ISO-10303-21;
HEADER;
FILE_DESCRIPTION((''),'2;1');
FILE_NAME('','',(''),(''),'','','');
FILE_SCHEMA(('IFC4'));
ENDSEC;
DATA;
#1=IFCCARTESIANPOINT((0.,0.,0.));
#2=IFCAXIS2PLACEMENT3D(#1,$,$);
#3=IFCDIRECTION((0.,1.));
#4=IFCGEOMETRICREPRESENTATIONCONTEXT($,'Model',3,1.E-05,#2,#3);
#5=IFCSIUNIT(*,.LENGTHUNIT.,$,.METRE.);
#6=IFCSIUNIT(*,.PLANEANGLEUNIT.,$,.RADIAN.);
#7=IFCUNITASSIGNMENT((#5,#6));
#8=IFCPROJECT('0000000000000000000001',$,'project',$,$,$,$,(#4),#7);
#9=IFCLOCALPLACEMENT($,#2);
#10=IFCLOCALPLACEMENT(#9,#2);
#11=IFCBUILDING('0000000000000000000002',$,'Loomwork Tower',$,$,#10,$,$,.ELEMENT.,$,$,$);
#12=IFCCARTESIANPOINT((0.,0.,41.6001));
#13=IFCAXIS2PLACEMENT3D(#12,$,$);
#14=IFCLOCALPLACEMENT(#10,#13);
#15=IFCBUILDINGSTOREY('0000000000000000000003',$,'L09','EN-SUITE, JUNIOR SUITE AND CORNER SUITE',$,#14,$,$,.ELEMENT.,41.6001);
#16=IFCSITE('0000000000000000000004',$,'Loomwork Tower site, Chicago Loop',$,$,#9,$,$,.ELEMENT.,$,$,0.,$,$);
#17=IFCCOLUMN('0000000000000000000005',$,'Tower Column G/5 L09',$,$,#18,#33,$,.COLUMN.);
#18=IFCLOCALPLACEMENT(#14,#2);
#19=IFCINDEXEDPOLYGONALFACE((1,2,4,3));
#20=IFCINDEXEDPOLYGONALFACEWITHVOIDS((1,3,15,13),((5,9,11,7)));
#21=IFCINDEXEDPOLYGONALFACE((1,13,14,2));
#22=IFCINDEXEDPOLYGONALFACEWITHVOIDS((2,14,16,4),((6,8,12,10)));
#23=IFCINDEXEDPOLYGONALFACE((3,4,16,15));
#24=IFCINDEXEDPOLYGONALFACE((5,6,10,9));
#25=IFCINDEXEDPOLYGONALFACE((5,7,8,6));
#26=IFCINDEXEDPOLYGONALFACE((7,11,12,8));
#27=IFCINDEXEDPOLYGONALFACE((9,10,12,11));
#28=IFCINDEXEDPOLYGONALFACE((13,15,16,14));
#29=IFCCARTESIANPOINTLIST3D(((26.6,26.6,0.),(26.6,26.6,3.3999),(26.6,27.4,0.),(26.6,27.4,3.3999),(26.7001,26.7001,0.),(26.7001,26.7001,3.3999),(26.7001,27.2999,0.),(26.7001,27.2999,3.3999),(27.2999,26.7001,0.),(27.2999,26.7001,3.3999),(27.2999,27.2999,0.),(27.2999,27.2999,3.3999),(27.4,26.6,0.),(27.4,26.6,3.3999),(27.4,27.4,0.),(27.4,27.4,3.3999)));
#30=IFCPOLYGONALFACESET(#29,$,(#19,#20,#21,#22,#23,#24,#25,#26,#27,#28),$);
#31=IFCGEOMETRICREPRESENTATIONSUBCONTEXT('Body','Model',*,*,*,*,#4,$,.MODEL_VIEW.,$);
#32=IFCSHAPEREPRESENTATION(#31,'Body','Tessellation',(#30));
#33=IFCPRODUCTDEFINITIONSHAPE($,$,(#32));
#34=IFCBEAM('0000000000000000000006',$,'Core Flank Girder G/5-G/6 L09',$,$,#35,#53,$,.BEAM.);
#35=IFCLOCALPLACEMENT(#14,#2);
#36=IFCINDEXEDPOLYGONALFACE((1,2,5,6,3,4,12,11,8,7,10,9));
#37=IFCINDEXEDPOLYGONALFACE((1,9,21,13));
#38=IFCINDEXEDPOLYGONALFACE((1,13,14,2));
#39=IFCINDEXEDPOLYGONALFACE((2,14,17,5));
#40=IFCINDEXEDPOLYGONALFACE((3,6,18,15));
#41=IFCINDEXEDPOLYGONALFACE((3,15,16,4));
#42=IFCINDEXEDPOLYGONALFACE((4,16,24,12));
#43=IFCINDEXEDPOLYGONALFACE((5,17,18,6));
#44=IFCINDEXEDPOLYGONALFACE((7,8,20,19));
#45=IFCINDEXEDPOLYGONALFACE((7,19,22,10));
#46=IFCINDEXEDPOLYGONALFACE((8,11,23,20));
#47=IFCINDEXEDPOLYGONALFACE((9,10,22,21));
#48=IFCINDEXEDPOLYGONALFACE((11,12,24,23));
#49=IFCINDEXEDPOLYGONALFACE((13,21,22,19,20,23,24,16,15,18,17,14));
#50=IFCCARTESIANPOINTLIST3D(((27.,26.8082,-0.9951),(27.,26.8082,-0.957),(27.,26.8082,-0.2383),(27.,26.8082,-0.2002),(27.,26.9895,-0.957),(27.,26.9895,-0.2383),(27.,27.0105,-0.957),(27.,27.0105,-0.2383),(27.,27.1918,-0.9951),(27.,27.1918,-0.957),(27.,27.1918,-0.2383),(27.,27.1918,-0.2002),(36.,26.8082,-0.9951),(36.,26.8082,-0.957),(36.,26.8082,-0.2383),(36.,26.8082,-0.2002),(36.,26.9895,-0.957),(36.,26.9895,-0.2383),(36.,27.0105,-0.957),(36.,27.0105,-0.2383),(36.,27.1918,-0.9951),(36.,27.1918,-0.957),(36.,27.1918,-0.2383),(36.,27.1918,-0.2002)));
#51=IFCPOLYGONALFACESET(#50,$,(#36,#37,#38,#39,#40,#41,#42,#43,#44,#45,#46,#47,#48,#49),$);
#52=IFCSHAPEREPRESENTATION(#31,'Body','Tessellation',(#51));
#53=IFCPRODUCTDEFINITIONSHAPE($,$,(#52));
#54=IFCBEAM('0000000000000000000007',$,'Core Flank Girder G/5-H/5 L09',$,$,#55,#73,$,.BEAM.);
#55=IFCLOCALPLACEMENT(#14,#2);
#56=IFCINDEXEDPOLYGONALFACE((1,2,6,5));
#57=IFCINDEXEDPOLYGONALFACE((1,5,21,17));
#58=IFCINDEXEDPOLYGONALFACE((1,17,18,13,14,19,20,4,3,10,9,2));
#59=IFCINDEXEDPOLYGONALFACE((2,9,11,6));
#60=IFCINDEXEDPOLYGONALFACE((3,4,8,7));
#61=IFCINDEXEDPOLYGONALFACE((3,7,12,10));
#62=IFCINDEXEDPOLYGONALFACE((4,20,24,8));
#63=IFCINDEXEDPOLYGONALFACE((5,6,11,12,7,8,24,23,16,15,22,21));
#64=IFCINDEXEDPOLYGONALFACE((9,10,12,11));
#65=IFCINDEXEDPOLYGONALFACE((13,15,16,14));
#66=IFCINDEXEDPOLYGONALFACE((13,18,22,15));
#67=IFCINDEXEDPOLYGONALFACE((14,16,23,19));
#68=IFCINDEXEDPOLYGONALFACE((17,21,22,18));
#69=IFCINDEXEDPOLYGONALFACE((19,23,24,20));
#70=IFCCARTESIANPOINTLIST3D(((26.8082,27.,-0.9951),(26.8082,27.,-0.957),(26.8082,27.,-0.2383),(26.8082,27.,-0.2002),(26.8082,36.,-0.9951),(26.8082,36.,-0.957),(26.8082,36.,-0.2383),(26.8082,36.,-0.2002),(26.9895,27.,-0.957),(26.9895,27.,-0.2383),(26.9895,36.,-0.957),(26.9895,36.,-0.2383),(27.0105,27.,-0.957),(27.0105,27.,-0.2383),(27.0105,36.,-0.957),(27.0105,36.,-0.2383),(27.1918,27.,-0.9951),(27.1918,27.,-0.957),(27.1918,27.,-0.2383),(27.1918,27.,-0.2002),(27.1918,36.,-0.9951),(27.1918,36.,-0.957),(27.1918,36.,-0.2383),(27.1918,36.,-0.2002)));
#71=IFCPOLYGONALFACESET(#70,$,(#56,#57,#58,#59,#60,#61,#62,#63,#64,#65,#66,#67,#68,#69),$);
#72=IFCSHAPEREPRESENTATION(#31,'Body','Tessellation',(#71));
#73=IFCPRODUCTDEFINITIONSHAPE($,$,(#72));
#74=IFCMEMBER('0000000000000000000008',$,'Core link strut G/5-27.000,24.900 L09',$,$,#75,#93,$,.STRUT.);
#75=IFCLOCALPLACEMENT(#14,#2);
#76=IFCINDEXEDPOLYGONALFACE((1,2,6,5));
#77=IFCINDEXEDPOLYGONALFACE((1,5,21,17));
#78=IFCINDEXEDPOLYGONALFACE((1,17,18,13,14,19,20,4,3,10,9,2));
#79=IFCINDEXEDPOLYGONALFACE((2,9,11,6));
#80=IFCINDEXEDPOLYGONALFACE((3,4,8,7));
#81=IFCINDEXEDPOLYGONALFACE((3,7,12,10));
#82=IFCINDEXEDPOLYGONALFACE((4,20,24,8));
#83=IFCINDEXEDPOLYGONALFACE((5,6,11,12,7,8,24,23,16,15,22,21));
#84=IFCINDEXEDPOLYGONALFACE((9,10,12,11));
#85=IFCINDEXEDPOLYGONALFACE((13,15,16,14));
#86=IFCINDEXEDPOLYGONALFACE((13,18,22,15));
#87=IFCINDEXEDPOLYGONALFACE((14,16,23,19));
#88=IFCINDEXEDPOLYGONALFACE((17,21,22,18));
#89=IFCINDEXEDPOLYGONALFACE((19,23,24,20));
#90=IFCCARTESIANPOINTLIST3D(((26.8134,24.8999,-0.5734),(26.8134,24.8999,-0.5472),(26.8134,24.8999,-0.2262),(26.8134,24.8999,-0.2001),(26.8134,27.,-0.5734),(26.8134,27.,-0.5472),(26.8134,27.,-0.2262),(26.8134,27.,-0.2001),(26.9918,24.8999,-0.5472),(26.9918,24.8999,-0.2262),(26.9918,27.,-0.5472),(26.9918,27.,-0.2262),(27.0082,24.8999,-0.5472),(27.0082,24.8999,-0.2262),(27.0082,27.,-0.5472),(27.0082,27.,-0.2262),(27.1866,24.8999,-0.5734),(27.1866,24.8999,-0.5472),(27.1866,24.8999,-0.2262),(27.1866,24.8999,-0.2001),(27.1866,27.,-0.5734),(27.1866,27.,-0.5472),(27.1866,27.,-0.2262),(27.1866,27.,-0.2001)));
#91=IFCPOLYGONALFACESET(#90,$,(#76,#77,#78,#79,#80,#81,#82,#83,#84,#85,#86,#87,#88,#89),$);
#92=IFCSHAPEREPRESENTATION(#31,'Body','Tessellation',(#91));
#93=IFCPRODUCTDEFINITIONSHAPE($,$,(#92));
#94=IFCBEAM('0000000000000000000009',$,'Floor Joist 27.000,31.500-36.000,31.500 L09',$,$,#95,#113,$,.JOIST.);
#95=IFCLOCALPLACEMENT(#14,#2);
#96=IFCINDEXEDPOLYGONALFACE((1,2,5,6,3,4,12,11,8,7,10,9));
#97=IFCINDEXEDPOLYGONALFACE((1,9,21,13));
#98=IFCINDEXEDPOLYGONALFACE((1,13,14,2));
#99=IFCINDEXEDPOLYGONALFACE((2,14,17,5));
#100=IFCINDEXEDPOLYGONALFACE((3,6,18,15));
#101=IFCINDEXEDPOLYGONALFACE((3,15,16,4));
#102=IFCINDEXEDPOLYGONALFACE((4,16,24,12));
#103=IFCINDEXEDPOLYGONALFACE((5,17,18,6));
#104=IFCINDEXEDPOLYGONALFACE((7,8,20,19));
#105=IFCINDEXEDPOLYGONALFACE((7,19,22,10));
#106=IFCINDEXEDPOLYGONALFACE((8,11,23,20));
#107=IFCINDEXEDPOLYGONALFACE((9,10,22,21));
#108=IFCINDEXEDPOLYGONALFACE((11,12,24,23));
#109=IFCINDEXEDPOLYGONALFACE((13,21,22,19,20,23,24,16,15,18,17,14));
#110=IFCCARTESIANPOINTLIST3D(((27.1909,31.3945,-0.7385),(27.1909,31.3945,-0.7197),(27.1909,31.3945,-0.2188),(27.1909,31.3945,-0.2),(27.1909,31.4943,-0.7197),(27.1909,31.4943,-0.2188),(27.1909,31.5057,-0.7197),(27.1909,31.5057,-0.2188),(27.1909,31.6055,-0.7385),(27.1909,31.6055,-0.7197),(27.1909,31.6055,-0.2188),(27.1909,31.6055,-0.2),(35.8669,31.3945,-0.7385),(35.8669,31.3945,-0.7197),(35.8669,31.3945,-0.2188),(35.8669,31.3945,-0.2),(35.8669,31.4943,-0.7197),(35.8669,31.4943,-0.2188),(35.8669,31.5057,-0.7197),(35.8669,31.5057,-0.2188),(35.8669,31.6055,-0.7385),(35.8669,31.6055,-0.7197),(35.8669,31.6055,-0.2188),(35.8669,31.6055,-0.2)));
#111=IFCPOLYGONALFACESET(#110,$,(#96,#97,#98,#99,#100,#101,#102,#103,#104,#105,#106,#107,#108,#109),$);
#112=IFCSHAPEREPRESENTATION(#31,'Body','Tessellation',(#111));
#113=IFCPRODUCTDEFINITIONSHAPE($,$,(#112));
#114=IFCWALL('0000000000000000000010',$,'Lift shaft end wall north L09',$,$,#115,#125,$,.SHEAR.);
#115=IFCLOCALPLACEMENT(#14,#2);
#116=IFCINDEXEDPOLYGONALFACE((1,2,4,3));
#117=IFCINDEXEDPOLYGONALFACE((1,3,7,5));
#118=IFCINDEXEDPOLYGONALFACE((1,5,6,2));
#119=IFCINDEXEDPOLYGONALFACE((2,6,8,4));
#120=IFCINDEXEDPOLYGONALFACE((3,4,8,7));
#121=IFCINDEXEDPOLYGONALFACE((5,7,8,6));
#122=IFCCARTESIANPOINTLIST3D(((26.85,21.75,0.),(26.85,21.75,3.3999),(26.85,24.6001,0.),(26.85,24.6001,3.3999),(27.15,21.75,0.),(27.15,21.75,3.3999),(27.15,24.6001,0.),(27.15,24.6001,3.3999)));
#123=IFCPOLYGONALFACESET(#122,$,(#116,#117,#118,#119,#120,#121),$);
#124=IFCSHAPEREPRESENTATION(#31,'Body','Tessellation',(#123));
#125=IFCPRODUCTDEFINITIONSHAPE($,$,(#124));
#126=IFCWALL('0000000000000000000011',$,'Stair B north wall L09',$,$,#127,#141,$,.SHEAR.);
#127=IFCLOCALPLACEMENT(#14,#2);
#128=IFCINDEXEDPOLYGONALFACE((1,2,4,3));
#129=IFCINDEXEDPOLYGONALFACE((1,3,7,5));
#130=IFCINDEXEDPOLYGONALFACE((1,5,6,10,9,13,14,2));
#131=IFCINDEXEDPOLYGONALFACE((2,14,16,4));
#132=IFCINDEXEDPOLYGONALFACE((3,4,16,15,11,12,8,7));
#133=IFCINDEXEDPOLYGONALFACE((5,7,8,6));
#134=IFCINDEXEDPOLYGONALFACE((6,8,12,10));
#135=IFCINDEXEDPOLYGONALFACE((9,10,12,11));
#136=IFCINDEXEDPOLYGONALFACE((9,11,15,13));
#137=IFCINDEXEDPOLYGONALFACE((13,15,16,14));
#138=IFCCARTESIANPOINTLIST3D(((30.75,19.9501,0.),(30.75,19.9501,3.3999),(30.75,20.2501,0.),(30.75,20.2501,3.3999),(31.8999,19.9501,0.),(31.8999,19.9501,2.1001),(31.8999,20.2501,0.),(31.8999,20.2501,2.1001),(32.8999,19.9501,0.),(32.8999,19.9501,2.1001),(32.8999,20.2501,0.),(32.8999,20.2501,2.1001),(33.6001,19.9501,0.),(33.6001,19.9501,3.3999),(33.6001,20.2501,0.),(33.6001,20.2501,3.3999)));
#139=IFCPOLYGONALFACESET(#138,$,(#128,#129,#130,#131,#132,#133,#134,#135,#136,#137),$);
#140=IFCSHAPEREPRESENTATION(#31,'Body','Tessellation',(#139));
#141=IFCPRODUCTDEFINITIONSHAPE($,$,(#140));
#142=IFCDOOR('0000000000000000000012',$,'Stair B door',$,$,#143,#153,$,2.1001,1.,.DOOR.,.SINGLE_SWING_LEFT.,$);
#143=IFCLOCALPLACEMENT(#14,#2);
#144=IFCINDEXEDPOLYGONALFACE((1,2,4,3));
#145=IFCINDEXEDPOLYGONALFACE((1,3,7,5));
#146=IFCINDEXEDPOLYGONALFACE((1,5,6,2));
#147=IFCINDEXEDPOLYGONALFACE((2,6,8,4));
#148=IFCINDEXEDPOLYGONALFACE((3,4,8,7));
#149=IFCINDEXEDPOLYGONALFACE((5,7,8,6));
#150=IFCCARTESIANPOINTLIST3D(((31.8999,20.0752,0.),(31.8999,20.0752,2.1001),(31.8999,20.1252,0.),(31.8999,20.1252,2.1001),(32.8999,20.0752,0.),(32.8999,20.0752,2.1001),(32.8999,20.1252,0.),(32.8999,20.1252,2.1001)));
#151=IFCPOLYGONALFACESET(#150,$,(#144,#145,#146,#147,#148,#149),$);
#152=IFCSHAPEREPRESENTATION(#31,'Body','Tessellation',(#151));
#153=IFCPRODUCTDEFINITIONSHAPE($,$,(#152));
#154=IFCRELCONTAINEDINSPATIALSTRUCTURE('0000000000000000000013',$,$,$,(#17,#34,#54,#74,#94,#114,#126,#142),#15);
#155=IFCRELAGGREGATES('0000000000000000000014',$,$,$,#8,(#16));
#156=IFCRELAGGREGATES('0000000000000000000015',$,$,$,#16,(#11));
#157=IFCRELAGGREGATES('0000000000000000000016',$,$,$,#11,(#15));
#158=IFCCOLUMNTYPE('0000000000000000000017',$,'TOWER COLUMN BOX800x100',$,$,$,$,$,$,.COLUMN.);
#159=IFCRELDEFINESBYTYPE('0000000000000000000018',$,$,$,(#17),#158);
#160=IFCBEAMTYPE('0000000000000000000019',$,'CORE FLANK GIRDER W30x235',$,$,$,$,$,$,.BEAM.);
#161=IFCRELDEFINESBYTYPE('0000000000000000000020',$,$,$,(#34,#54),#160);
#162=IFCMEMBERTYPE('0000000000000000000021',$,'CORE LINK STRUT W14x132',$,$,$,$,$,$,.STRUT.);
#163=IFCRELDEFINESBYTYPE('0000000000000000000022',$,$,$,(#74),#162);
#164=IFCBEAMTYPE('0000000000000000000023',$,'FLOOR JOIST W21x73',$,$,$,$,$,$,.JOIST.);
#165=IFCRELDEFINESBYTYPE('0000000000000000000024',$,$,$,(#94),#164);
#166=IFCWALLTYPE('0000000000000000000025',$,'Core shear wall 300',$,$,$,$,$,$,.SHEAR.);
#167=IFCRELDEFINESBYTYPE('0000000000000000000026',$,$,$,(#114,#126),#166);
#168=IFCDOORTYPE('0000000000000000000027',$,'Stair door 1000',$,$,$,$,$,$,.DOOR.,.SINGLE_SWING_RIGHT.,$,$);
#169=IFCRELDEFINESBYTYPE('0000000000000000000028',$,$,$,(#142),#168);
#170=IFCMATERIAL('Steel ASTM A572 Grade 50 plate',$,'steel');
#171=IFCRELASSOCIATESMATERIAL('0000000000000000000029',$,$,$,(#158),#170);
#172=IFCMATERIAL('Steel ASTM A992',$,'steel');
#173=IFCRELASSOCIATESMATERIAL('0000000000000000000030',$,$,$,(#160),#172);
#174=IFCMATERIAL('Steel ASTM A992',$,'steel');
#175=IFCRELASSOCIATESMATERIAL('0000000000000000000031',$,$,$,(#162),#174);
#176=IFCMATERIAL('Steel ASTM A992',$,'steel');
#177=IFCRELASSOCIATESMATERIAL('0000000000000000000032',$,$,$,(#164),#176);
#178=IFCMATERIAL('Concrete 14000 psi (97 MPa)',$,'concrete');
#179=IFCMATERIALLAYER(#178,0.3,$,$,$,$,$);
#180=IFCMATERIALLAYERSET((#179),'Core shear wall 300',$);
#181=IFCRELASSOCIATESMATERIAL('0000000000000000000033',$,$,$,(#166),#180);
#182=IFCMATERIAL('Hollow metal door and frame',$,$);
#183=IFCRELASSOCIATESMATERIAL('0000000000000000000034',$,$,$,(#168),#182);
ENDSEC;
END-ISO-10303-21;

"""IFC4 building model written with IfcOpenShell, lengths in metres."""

from ifc_helpers import new_model, si_unit, direction, frame, frame_2d, origin, origin_2d, place, context, subcontext, project, spatial, rectangle, hollow_rectangle, i_section, extrude, material, layer, layer_set, material_profile, profile_set, type_object, element, fill, save


model = new_model("IFC4")

# Units and contexts
model_context = context("Model", 3, precision=1e-05, world=origin(), true_north=direction((0.0, 1.0)))
body_context = subcontext(model_context, "Body", "Model", "MODEL_VIEW")
ifc_project = project(units=[si_unit("LENGTHUNIT", "METRE"), si_unit("PLANEANGLEUNIT", "RADIAN")], contexts=[model_context])

# Site, building, storey
site_placement = place(None, origin())
site = spatial("IfcSite", under=ifc_project, at=site_placement, Name="Loomwork Tower site, Chicago Loop", CompositionType="ELEMENT", RefElevation=0.0)
building_placement = place(site_placement, origin())
building = spatial("IfcBuilding", under=site, at=building_placement, Name="Loomwork Tower", CompositionType="ELEMENT")
storey_placement = place(building_placement, frame((0.0, 0.0, 41.6001)))
storey = spatial("IfcBuildingStorey", under=building, at=storey_placement, Name="L09", Description="EN-SUITE, JUNIOR SUITE AND CORNER SUITE", CompositionType="ELEMENT", Elevation=41.6001)

# Column
ifc_material_1 = material(Name="Steel ASTM A572 Grade 50 plate", Category="steel")
ifc_material_profile_1 = material_profile(ifc_material_1, hollow_rectangle(XDim=0.8, YDim=0.8, WallThickness=0.1001, at=origin_2d()), Name="BOX800x100")
ifc_profile_set_1 = profile_set([ifc_material_profile_1], Name="Steel ASTM A572 Grade 50 plate")
column_type = type_object("IfcColumnType", Name="TOWER COLUMN BOX800x100", PredefinedType="COLUMN", material=ifc_profile_set_1)
column_placement = place(storey_placement, frame((27.0, 27.0, 0.0), z_axis=(0.0, 0.0, 1.0), x_axis=(1.0, 0.0, 0.0)))
element("IfcColumn", 1, at=column_placement, inside=storey, type_object=column_type, Name="Tower Column G/5 L09", PredefinedType="COLUMN", context=body_context, shape_type="SweptSolid", body=[
    extrude(hollow_rectangle(XDim=0.8, YDim=0.8, WallThickness=0.1001, at=origin_2d()), origin(), (0.0, 0.0, 1.0), 3.3999),
])

# Beams
ifc_material_2 = material(Name="Steel ASTM A992", Category="steel")
ifc_material_profile_2 = material_profile(ifc_material_2, i_section(OverallWidth=0.3835, OverallDepth=0.7949, WebThickness=0.021, FlangeThickness=0.0381, at=origin_2d()), Name="W30x235")
ifc_profile_set_2 = profile_set([ifc_material_profile_2], Name="Steel ASTM A992")
beam_type_1 = type_object("IfcBeamType", Name="CORE FLANK GIRDER W30x235", PredefinedType="BEAM", material=ifc_profile_set_2)
for number, where, z_axis, x_axis, name in (
    (2, (27.0, 27.0, -0.5977), (1.0, 0.0, 0.0), (0.0, 1.0, 0.0), "Core Flank Girder G/5-G/6 L09"),
    (3, (27.0, 27.0, -0.5977), (0.0, 1.0, 0.0), (-1.0, 0.0, 0.0), "Core Flank Girder G/5-H/5 L09"),
):
    element("IfcBeam", number, at=place(storey_placement, frame(where, z_axis=z_axis, x_axis=x_axis)), inside=storey, type_object=beam_type_1, Name=name, PredefinedType="BEAM", context=body_context, shape_type="SweptSolid", body=[
        extrude(i_section(OverallWidth=0.3835, OverallDepth=0.7949, WebThickness=0.021, FlangeThickness=0.0381, at=origin_2d()), origin(), (0.0, 0.0, 1.0), 9.0),
    ])

# Member
ifc_material_3 = material(Name="Steel ASTM A992", Category="steel")
ifc_material_profile_3 = material_profile(ifc_material_3, i_section(OverallWidth=0.3733, OverallDepth=0.3733, WebThickness=0.0164, FlangeThickness=0.0261, at=origin_2d()), Name="W14x132")
ifc_profile_set_3 = profile_set([ifc_material_profile_3], Name="Steel ASTM A992")
member_type = type_object("IfcMemberType", Name="CORE LINK STRUT W14x132", PredefinedType="STRUT", material=ifc_profile_set_3)
member_placement = place(storey_placement, frame((27.0, 27.0, -0.3867), z_axis=(0.0, -1.0, 0.0), x_axis=(1.0, 0.0, 0.0)))
element("IfcMember", 4, at=member_placement, inside=storey, type_object=member_type, Name="Core link strut G/5-27.000,24.900 L09", PredefinedType="STRUT", context=body_context, shape_type="SweptSolid", body=[
    extrude(i_section(OverallWidth=0.3733, OverallDepth=0.3733, WebThickness=0.0164, FlangeThickness=0.0261, at=origin_2d()), origin(), (0.0, 0.0, 1.0), 2.1001),
])

# Beam
ifc_material_4 = material(Name="Steel ASTM A992", Category="steel")
ifc_material_profile_4 = material_profile(ifc_material_4, i_section(OverallWidth=0.2109, OverallDepth=0.5386, WebThickness=0.0115, FlangeThickness=0.0188, at=origin_2d()), Name="W21x73")
ifc_profile_set_4 = profile_set([ifc_material_profile_4], Name="Steel ASTM A992")
beam_type_2 = type_object("IfcBeamType", Name="FLOOR JOIST W21x73", PredefinedType="JOIST", material=ifc_profile_set_4)
beam_placement = place(storey_placement, frame((27.1909, 31.5, -0.4692), z_axis=(1.0, 0.0, 0.0), x_axis=(0.0, 1.0, 0.0)))
element("IfcBeam", 5, at=beam_placement, inside=storey, type_object=beam_type_2, Name="Floor Joist 27.000,31.500-36.000,31.500 L09", PredefinedType="JOIST", context=body_context, shape_type="SweptSolid", body=[
    extrude(i_section(OverallWidth=0.2109, OverallDepth=0.5386, WebThickness=0.0115, FlangeThickness=0.0188, at=origin_2d()), origin(), (0.0, 0.0, 1.0), 8.676),
])

# Wall
ifc_material_5 = material(Name="Concrete 14000 psi (97 MPa)", Category="concrete")
ifc_layer_1 = layer(ifc_material_5, 0.3)
ifc_layer_set_1 = layer_set([ifc_layer_1], Name="Core shear wall 300")
wall_type_1 = type_object("IfcWallType", Name="Core shear wall 300", PredefinedType="SHEAR", material=ifc_layer_set_1)
wall_1_placement = place(storey_placement, frame((27.0, 21.75, 0.0), z_axis=(0.0, 0.0, 1.0), x_axis=(0.0, 1.0, 0.0)))
element("IfcWall", 6, at=wall_1_placement, inside=storey, type_object=wall_type_1, Name="Lift shaft end wall north L09", PredefinedType="SHEAR", context=body_context, shape_type="SweptSolid", body=[
    extrude(rectangle(XDim=2.8501, YDim=0.3, at=frame_2d((1.425, 0.0))), origin(), (0.0, 0.0, 1.0), 3.3999),
])

# Wall, opening, door
wall_2_placement = place(storey_placement, frame((30.75, 20.1001, 0.0), z_axis=(0.0, 0.0, 1.0), x_axis=(1.0, 0.0, 0.0)))
wall_2 = element("IfcWall", 7, at=wall_2_placement, inside=storey, type_object=wall_type_1, Name="Stair B north wall L09", PredefinedType="SHEAR", context=body_context, shape_type="SweptSolid", body=[
    extrude(rectangle(XDim=2.8501, YDim=0.3, at=frame_2d((1.425, 0.0))), origin(), (0.0, 0.0, 1.0), 3.3999),
])
opening_1_placement = place(wall_2_placement, frame((1.1499, 0.0, 0.0)))
opening_1 = element("IfcOpeningElement", 8, at=opening_1_placement, cuts=wall_2, PredefinedType="OPENING", context=body_context, shape_type="SweptSolid", body=[
    extrude(rectangle(XDim=1.0, YDim=2.1001, at=frame_2d((0.5, 1.05))), frame((0.0, 0.1599, 0.0), z_axis=(0.0, -1.0, 0.0), x_axis=(1.0, 0.0, 0.0)), (0.0, 0.0, 1.0), 0.3201),
])
ifc_material_6 = material(Name="Hollow metal door and frame")
door_type_1 = type_object("IfcDoorType", Name="Stair door 1000", OperationType="SINGLE_SWING_RIGHT", PredefinedType="DOOR", material=ifc_material_6)
door_1_placement = place(opening_1_placement, frame((1.0, 0.0, 0.0), z_axis=(0.0, 0.0, 1.0), x_axis=(-1.0, 0.0, 0.0)))
door_1 = element("IfcDoor", 9, at=door_1_placement, inside=storey, type_object=door_type_1, Name="Stair B door", OperationType="SINGLE_SWING_LEFT", OverallHeight=2.1001, OverallWidth=1.0, PredefinedType="DOOR", context=body_context, shape_type="SweptSolid", body=[
    extrude(rectangle(XDim=1.0, YDim=2.1001, at=frame_2d((0.5, 1.05))), frame((0.0, 0.0249, 0.0), z_axis=(0.0, -1.0, 0.0), x_axis=(1.0, 0.0, 0.0)), (0.0, 0.0, 1.0), 0.05),
])
fill(opening_1, door_1)

save(model, "model.ifc")
